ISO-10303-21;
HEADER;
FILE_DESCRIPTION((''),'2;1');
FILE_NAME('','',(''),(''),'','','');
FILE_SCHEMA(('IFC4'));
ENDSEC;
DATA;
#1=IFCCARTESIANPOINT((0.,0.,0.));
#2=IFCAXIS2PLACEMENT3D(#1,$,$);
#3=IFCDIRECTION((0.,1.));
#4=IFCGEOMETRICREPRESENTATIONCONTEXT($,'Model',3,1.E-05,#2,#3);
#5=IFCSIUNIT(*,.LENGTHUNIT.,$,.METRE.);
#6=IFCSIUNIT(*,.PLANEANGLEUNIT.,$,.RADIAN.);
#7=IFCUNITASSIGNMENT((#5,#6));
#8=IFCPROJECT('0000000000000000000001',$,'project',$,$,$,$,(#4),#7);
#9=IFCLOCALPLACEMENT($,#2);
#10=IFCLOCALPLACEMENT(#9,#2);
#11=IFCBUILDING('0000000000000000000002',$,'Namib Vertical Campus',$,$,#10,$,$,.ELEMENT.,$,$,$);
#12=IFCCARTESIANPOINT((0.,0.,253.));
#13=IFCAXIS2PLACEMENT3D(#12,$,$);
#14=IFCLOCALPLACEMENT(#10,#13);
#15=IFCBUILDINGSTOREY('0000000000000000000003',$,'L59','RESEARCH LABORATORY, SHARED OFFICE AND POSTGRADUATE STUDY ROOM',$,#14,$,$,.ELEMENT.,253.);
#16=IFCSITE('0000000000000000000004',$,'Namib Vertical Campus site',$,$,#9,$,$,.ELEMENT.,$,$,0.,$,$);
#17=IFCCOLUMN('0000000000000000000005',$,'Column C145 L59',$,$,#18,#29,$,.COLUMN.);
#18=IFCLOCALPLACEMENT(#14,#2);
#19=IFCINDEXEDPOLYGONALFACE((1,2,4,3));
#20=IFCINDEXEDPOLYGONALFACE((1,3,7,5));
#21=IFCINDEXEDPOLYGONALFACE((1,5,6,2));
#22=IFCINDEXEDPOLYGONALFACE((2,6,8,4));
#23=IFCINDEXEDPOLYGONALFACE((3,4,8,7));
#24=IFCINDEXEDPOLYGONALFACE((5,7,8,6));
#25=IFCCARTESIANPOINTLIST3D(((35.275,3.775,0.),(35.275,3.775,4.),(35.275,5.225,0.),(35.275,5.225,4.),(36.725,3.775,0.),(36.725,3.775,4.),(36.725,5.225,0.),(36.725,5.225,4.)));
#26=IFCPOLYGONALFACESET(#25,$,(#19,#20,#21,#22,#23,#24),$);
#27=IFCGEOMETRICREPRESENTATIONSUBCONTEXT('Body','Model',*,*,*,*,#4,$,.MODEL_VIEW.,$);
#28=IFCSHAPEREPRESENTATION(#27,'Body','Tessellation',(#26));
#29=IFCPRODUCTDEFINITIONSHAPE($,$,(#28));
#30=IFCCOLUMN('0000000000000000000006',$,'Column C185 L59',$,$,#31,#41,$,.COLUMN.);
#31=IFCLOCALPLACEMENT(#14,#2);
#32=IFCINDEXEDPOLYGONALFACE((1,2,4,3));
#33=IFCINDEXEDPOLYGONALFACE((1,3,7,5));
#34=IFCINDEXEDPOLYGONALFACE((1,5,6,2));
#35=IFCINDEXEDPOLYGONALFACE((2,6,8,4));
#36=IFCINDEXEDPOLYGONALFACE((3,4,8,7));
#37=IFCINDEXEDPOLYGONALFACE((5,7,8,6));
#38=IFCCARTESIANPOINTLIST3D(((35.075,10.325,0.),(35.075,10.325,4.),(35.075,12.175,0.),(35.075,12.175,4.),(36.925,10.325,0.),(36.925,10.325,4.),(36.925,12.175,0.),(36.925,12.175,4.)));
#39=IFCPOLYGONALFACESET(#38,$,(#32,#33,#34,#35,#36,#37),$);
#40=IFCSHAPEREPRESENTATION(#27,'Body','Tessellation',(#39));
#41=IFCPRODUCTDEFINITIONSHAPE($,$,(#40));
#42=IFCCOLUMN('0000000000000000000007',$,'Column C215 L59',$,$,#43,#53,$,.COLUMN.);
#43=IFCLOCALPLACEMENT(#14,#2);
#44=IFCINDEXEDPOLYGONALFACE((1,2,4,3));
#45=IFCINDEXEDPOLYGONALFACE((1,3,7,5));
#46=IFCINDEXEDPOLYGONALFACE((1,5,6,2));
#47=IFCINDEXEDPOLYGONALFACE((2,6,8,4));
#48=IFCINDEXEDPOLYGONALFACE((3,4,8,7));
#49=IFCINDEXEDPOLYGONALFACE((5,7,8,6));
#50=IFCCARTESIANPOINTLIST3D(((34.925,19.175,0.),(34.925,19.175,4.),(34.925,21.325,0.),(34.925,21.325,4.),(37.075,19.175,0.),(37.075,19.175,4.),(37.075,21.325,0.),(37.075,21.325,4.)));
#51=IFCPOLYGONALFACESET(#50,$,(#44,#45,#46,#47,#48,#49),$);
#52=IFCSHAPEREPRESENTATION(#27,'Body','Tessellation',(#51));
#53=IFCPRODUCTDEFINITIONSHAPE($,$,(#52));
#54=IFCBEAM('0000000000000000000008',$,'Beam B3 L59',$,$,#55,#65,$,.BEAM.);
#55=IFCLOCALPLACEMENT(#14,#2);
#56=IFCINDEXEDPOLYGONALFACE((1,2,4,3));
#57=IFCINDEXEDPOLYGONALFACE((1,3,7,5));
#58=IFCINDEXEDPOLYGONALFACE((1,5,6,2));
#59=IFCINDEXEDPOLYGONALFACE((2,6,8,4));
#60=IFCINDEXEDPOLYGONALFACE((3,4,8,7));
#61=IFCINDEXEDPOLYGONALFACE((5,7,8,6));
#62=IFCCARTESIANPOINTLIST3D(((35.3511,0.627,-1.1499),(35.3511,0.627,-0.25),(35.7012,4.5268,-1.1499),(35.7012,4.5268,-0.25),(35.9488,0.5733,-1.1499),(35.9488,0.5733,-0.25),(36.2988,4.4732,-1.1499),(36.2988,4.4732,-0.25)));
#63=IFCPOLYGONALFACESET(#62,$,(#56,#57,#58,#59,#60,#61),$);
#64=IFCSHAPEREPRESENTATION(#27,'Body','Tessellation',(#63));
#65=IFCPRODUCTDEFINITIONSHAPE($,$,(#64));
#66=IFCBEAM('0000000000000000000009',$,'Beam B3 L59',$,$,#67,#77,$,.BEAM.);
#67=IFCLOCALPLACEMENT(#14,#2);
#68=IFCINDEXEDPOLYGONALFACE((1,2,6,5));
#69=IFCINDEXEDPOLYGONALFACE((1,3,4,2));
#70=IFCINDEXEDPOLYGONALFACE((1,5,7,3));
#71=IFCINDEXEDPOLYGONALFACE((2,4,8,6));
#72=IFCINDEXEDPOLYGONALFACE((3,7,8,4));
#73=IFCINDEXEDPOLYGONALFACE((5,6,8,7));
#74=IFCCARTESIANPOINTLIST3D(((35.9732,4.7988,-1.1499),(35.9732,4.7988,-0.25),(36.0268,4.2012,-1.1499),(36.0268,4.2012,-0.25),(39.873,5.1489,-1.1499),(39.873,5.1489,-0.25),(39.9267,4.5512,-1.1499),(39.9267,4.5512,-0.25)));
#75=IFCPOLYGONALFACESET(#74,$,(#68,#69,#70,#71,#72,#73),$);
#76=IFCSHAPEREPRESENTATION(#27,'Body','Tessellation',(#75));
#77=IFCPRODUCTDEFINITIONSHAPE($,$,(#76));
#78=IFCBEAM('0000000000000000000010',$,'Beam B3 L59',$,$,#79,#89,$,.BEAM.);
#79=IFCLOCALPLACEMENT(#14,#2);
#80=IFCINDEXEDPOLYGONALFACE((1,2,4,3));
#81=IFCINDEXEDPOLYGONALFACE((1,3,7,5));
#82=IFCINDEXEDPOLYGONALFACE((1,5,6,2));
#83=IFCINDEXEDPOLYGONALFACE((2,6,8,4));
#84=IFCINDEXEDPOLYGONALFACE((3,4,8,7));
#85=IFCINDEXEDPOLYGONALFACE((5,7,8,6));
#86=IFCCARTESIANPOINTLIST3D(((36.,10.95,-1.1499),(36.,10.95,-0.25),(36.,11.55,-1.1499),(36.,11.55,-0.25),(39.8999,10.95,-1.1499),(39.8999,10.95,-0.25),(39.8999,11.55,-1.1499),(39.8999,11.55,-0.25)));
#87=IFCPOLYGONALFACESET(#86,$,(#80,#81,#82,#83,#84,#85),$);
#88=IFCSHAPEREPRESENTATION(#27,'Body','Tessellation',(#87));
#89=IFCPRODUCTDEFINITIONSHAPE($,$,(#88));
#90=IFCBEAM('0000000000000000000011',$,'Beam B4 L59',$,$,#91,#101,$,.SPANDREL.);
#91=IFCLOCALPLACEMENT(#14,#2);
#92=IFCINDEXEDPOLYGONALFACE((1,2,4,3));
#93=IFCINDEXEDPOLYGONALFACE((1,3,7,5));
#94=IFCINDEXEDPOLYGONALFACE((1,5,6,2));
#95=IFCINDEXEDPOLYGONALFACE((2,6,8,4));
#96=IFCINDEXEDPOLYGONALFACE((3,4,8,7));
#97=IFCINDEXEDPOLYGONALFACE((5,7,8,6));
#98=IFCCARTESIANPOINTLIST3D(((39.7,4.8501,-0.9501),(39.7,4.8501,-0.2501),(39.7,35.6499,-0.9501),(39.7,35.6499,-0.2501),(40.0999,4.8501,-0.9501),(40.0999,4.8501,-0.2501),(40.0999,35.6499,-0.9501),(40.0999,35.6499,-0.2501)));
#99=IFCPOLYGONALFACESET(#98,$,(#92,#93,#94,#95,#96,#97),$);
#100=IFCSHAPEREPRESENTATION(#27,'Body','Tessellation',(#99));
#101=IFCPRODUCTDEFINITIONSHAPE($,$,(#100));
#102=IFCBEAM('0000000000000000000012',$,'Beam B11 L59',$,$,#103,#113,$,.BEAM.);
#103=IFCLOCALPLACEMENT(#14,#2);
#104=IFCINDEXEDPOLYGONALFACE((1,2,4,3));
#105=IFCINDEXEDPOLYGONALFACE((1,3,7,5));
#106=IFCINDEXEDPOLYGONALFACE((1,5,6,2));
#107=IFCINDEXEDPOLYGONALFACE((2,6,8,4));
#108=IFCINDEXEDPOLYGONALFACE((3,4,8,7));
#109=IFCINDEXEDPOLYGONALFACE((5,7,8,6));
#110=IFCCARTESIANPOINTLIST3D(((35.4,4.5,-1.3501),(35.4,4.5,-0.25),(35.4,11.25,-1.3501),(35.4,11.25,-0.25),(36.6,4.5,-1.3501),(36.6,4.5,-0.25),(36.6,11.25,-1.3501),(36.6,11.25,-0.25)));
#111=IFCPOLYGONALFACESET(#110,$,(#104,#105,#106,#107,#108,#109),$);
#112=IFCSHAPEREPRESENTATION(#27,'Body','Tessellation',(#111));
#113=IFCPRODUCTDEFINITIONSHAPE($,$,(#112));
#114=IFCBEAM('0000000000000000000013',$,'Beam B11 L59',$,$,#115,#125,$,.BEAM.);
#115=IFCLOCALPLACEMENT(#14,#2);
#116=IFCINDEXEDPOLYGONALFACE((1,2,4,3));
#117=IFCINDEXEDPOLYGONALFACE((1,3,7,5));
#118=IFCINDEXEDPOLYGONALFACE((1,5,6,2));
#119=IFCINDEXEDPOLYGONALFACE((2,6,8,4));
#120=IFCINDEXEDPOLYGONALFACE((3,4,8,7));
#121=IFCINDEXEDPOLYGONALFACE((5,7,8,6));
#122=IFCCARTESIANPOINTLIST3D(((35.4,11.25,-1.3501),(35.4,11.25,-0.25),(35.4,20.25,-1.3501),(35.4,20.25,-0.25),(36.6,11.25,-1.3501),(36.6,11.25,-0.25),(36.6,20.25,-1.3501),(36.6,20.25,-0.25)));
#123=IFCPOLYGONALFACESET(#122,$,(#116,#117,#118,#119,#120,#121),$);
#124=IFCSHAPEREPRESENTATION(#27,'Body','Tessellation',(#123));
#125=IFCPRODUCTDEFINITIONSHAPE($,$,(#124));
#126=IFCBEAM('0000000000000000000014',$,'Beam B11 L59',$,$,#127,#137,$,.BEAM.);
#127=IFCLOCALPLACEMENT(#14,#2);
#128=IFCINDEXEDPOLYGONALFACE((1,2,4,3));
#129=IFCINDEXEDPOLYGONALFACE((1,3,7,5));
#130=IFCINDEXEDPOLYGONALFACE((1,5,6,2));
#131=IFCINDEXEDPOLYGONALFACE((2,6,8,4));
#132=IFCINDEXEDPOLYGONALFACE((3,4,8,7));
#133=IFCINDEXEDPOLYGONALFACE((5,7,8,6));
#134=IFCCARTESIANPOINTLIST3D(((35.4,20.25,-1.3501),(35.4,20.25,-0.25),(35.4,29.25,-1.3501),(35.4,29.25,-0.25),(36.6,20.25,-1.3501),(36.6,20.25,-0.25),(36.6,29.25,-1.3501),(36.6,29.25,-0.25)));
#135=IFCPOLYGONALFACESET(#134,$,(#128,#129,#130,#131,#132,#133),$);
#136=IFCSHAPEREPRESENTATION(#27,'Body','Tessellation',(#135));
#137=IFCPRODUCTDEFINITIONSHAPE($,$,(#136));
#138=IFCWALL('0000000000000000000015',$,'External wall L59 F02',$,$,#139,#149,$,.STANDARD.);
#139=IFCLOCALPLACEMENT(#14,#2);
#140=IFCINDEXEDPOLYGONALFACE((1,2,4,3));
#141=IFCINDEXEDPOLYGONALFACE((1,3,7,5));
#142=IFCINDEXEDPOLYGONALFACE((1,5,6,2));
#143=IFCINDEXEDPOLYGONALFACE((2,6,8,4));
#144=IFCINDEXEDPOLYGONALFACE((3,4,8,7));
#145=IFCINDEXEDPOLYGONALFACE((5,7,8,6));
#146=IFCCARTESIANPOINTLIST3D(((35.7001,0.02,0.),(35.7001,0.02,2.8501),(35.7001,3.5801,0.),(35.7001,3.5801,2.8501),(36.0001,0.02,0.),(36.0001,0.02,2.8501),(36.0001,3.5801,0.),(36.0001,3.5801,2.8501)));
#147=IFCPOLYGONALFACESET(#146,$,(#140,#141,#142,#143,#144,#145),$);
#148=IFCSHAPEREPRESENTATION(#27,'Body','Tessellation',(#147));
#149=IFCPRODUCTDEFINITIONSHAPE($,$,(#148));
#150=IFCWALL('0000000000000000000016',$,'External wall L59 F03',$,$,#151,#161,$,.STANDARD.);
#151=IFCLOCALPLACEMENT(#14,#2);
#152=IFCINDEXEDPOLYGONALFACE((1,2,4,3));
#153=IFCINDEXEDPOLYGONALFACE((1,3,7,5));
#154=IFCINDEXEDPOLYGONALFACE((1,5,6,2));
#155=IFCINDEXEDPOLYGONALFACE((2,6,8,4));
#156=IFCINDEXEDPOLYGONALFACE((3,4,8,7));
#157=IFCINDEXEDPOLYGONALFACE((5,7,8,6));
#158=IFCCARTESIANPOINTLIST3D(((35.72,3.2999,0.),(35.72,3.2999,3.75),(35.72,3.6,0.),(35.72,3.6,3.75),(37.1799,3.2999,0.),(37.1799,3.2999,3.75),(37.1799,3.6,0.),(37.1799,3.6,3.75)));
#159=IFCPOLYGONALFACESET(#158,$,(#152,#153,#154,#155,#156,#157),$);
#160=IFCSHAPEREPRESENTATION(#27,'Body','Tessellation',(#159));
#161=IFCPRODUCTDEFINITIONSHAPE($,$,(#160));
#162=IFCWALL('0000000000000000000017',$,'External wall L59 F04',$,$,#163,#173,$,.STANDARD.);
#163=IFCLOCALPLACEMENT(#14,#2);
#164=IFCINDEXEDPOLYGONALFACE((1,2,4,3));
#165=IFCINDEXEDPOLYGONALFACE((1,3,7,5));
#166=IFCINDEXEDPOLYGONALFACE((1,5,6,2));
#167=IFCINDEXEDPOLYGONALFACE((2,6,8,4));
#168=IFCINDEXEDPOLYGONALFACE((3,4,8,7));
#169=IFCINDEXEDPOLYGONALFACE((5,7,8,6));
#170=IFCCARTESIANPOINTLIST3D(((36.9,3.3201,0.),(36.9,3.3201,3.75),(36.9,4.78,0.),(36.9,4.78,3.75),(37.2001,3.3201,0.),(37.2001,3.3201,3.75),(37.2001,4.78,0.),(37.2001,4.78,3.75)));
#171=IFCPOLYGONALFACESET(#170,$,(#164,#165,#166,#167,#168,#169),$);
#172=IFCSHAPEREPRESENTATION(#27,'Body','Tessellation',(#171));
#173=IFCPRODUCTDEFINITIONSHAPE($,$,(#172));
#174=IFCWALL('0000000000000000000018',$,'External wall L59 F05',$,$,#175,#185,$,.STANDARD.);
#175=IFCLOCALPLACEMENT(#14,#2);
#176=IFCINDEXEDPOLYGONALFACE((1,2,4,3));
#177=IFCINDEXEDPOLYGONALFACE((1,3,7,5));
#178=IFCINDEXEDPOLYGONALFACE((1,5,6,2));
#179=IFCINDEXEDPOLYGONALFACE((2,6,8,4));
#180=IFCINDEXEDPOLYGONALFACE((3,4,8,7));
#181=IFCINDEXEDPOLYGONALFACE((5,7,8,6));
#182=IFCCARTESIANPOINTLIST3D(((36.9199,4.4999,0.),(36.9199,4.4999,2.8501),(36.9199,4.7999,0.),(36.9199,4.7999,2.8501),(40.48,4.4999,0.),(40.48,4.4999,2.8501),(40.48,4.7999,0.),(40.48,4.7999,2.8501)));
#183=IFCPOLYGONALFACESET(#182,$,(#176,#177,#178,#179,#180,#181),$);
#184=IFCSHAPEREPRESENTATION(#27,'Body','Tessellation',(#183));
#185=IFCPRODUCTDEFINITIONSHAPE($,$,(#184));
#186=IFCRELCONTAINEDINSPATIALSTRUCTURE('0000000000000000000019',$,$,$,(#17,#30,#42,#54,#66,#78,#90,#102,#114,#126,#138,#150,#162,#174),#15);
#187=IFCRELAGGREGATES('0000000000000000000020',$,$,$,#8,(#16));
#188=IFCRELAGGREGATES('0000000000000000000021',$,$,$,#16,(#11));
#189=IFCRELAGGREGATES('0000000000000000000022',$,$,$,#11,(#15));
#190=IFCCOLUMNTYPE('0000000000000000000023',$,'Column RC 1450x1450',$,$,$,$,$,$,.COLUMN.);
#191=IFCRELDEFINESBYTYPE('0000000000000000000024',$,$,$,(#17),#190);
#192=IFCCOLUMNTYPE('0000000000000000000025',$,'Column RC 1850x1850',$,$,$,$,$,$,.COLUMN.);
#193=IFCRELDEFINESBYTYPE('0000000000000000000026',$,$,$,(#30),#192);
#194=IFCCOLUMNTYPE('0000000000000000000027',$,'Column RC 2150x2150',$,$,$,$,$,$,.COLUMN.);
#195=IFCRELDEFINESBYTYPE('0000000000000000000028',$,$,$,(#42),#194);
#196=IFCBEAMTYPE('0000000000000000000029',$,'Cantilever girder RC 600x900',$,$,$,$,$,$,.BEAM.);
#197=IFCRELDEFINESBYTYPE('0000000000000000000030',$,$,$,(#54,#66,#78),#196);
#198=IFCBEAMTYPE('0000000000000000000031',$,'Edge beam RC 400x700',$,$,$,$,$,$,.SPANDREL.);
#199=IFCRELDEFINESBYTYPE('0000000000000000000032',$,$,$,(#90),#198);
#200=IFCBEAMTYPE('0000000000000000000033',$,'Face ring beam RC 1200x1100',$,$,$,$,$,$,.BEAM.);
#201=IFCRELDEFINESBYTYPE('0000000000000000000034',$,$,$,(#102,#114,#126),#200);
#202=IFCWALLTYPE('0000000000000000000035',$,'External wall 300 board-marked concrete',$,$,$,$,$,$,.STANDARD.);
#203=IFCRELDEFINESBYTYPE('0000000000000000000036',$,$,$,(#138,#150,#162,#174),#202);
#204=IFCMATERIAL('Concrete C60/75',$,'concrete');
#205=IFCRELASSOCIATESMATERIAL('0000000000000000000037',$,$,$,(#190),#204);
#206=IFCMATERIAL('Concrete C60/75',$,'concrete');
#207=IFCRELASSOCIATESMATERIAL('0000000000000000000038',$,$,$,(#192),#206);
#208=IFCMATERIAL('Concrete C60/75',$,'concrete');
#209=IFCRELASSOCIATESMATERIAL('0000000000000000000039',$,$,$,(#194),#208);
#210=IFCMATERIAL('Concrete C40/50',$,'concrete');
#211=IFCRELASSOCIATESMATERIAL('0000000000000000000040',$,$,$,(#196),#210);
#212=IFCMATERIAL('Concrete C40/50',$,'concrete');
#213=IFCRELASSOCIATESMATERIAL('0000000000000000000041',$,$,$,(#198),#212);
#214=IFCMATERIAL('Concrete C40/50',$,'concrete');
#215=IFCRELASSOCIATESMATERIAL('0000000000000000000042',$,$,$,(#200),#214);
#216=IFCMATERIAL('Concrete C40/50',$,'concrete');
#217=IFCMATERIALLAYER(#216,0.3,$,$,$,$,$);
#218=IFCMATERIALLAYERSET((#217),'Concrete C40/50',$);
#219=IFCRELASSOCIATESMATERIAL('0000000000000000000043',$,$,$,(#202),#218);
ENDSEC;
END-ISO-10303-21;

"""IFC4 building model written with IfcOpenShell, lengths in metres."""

from ifc_helpers import new_model, si_unit, direction, frame, frame_2d, origin, origin_2d, place, context, subcontext, project, spatial, rectangle, extrude, material, layer, layer_set, material_profile, profile_set, type_object, element, save


model = new_model("IFC4")

# Units and contexts
model_context = context("Model", 3, precision=1e-05, world=origin(), true_north=direction((0.0, 1.0)))
body_context = subcontext(model_context, "Body", "Model", "MODEL_VIEW")
ifc_project = project(units=[si_unit("LENGTHUNIT", "METRE"), si_unit("PLANEANGLEUNIT", "RADIAN")], contexts=[model_context])

# Site, building, storey
site_placement = place(None, origin())
site = spatial("IfcSite", under=ifc_project, at=site_placement, Name="Namib Vertical Campus site", CompositionType="ELEMENT", RefElevation=0.0)
building_placement = place(site_placement, origin())
building = spatial("IfcBuilding", under=site, at=building_placement, Name="Namib Vertical Campus", CompositionType="ELEMENT")
storey_placement = place(building_placement, frame((0.0, 0.0, 253.0)))
storey = spatial("IfcBuildingStorey", under=building, at=storey_placement, Name="L59", Description="RESEARCH LABORATORY, SHARED OFFICE AND POSTGRADUATE STUDY ROOM", CompositionType="ELEMENT", Elevation=253.0)

# Columns
ifc_material_1 = material(Name="Concrete C60/75", Category="concrete")
ifc_material_profile_1 = material_profile(ifc_material_1, rectangle(XDim=1.45, YDim=1.45, at=origin_2d()))
ifc_profile_set_1 = profile_set([ifc_material_profile_1], Name="Concrete C60/75")
column_type_1 = type_object("IfcColumnType", Name="Column RC 1450x1450", PredefinedType="COLUMN", material=ifc_profile_set_1)
column_1_placement = place(storey_placement, frame((36.0, 4.5, 0.0), z_axis=(0.0, 0.0, 1.0), x_axis=(1.0, 0.0, 0.0)))
element("IfcColumn", 1, at=column_1_placement, inside=storey, type_object=column_type_1, Name="Column C145 L59", PredefinedType="COLUMN", context=body_context, shape_type="SweptSolid", body=[
    extrude(rectangle(XDim=1.45, YDim=1.45, at=origin_2d()), origin(), (0.0, 0.0, 1.0), 4.0),
])
ifc_material_2 = material(Name="Concrete C60/75", Category="concrete")
ifc_material_profile_2 = material_profile(ifc_material_2, rectangle(XDim=1.8501, YDim=1.8501, at=origin_2d()))
ifc_profile_set_2 = profile_set([ifc_material_profile_2], Name="Concrete C60/75")
column_type_2 = type_object("IfcColumnType", Name="Column RC 1850x1850", PredefinedType="COLUMN", material=ifc_profile_set_2)
column_2_placement = place(storey_placement, frame((36.0, 11.25, 0.0), z_axis=(0.0, 0.0, 1.0), x_axis=(1.0, 0.0, 0.0)))
element("IfcColumn", 2, at=column_2_placement, inside=storey, type_object=column_type_2, Name="Column C185 L59", PredefinedType="COLUMN", context=body_context, shape_type="SweptSolid", body=[
    extrude(rectangle(XDim=1.8501, YDim=1.8501, at=origin_2d()), origin(), (0.0, 0.0, 1.0), 4.0),
])
ifc_material_3 = material(Name="Concrete C60/75", Category="concrete")
ifc_material_profile_3 = material_profile(ifc_material_3, rectangle(XDim=2.1499, YDim=2.1499, at=origin_2d()))
ifc_profile_set_3 = profile_set([ifc_material_profile_3], Name="Concrete C60/75")
column_type_3 = type_object("IfcColumnType", Name="Column RC 2150x2150", PredefinedType="COLUMN", material=ifc_profile_set_3)
column_3_placement = place(storey_placement, frame((36.0, 20.25, 0.0), z_axis=(0.0, 0.0, 1.0), x_axis=(1.0, 0.0, 0.0)))
element("IfcColumn", 3, at=column_3_placement, inside=storey, type_object=column_type_3, Name="Column C215 L59", PredefinedType="COLUMN", context=body_context, shape_type="SweptSolid", body=[
    extrude(rectangle(XDim=2.1499, YDim=2.1499, at=origin_2d()), origin(), (0.0, 0.0, 1.0), 4.0),
])

# Beams
ifc_material_4 = material(Name="Concrete C40/50", Category="concrete")
ifc_material_profile_4 = material_profile(ifc_material_4, rectangle(XDim=0.6001, YDim=0.8999, at=origin_2d()))
ifc_profile_set_4 = profile_set([ifc_material_profile_4], Name="Concrete C40/50")
beam_type_1 = type_object("IfcBeamType", Name="Cantilever girder RC 600x900", PredefinedType="BEAM", material=ifc_profile_set_4)
for number, where, z_axis, x_axis, name in (
    (4, (36.0, 4.5, -0.7), (-0.089411, -0.995995, 0.0), (0.995995, -0.089411, 0.0), "Beam B3 L59"),
    (5, (36.0, 4.5, -0.7), (0.995995, 0.089411, 0.0), (-0.089411, 0.995995, 0.0), "Beam B3 L59"),
):
    element("IfcBeam", number, at=place(storey_placement, frame(where, z_axis=z_axis, x_axis=x_axis)), inside=storey, type_object=beam_type_1, Name=name, PredefinedType="BEAM", context=body_context, shape_type="SweptSolid", body=[
        extrude(rectangle(XDim=0.6001, YDim=0.8999, at=origin_2d()), origin(), (0.0, 0.0, 1.0), 3.9155),
    ])
beam_1_placement = place(storey_placement, frame((36.0, 11.25, -0.7), z_axis=(1.0, 0.0, 0.0), x_axis=(0.0, 1.0, 0.0)))
element("IfcBeam", 6, at=beam_1_placement, inside=storey, type_object=beam_type_1, Name="Beam B3 L59", PredefinedType="BEAM", context=body_context, shape_type="SweptSolid", body=[
    extrude(rectangle(XDim=0.6001, YDim=0.8999, at=origin_2d()), origin(), (0.0, 0.0, 1.0), 3.8999),
])
ifc_material_5 = material(Name="Concrete C40/50", Category="concrete")
ifc_material_profile_5 = material_profile(ifc_material_5, rectangle(XDim=0.3999, YDim=0.7, at=origin_2d()))
ifc_profile_set_5 = profile_set([ifc_material_profile_5], Name="Concrete C40/50")
beam_type_2 = type_object("IfcBeamType", Name="Edge beam RC 400x700", PredefinedType="SPANDREL", material=ifc_profile_set_5)
beam_2_placement = place(storey_placement, frame((39.8999, 4.8501, -0.6001), z_axis=(0.0, 1.0, 0.0), x_axis=(-1.0, 0.0, 0.0)))
element("IfcBeam", 7, at=beam_2_placement, inside=storey, type_object=beam_type_2, Name="Beam B4 L59", PredefinedType="SPANDREL", context=body_context, shape_type="SweptSolid", body=[
    extrude(rectangle(XDim=0.3999, YDim=0.7, at=origin_2d()), origin(), (0.0, 0.0, 1.0), 30.7998),
])
ifc_material_6 = material(Name="Concrete C40/50", Category="concrete")
ifc_material_profile_6 = material_profile(ifc_material_6, rectangle(XDim=1.2, YDim=1.1001, at=origin_2d()))
ifc_profile_set_6 = profile_set([ifc_material_profile_6], Name="Concrete C40/50")
beam_type_3 = type_object("IfcBeamType", Name="Face ring beam RC 1200x1100", PredefinedType="BEAM", material=ifc_profile_set_6)
beam_3_placement = place(storey_placement, frame((36.0, 4.5, -0.8), z_axis=(0.0, 1.0, 0.0), x_axis=(-1.0, 0.0, 0.0)))
element("IfcBeam", 8, at=beam_3_placement, inside=storey, type_object=beam_type_3, Name="Beam B11 L59", PredefinedType="BEAM", context=body_context, shape_type="SweptSolid", body=[
    extrude(rectangle(XDim=1.2, YDim=1.1001, at=origin_2d()), origin(), (0.0, 0.0, 1.0), 6.75),
])
for number, where, z_axis, x_axis, name in (
    (9, (36.0, 11.25, -0.8), (0.0, 1.0, 0.0), (-1.0, 0.0, 0.0), "Beam B11 L59"),
    (10, (36.0, 20.25, -0.8), (0.0, 1.0, 0.0), (-1.0, 0.0, 0.0), "Beam B11 L59"),
):
    element("IfcBeam", number, at=place(storey_placement, frame(where, z_axis=z_axis, x_axis=x_axis)), inside=storey, type_object=beam_type_3, Name=name, PredefinedType="BEAM", context=body_context, shape_type="SweptSolid", body=[
        extrude(rectangle(XDim=1.2, YDim=1.1001, at=origin_2d()), origin(), (0.0, 0.0, 1.0), 9.0),
    ])

# Walls
ifc_material_7 = material(Name="Concrete C40/50", Category="concrete")
ifc_layer_1 = layer(ifc_material_7, 0.3)
ifc_layer_set_1 = layer_set([ifc_layer_1], Name="Concrete C40/50")
wall_type_1 = type_object("IfcWallType", Name="External wall 300 board-marked concrete", PredefinedType="STANDARD", material=ifc_layer_set_1)
wall_1_placement = place(storey_placement, frame((35.8501, 0.02, 0.0), z_axis=(0.0, 0.0, 1.0), x_axis=(0.0, 1.0, 0.0)))
element("IfcWall", 11, at=wall_1_placement, inside=storey, type_object=wall_type_1, Name="External wall L59 F02", PredefinedType="STANDARD", context=body_context, shape_type="SweptSolid", body=[
    extrude(rectangle(XDim=3.5601, YDim=0.3, at=frame_2d((1.78, 0.0))), origin(), (0.0, 0.0, 1.0), 2.8501),
])
for number, where, z_axis, x_axis, name in (
    (12, (35.72, 3.45, 0.0), (0.0, 0.0, 1.0), (1.0, 0.0, 0.0), "External wall L59 F03"),
    (13, (37.05, 3.3201, 0.0), (0.0, 0.0, 1.0), (0.0, 1.0, 0.0), "External wall L59 F04"),
):
    element("IfcWall", number, at=place(storey_placement, frame(where, z_axis=z_axis, x_axis=x_axis)), inside=storey, type_object=wall_type_1, Name=name, PredefinedType="STANDARD", context=body_context, shape_type="SweptSolid", body=[
        extrude(rectangle(XDim=1.46, YDim=0.3, at=frame_2d((0.73, 0.0))), origin(), (0.0, 0.0, 1.0), 3.75),
    ])
wall_2_placement = place(storey_placement, frame((36.9199, 4.6499, 0.0), z_axis=(0.0, 0.0, 1.0), x_axis=(1.0, 0.0, 0.0)))
element("IfcWall", 14, at=wall_2_placement, inside=storey, type_object=wall_type_1, Name="External wall L59 F05", PredefinedType="STANDARD", context=body_context, shape_type="SweptSolid", body=[
    extrude(rectangle(XDim=3.5601, YDim=0.3, at=frame_2d((1.78, 0.0))), origin(), (0.0, 0.0, 1.0), 2.8501),
])

save(model, "model.ifc")
